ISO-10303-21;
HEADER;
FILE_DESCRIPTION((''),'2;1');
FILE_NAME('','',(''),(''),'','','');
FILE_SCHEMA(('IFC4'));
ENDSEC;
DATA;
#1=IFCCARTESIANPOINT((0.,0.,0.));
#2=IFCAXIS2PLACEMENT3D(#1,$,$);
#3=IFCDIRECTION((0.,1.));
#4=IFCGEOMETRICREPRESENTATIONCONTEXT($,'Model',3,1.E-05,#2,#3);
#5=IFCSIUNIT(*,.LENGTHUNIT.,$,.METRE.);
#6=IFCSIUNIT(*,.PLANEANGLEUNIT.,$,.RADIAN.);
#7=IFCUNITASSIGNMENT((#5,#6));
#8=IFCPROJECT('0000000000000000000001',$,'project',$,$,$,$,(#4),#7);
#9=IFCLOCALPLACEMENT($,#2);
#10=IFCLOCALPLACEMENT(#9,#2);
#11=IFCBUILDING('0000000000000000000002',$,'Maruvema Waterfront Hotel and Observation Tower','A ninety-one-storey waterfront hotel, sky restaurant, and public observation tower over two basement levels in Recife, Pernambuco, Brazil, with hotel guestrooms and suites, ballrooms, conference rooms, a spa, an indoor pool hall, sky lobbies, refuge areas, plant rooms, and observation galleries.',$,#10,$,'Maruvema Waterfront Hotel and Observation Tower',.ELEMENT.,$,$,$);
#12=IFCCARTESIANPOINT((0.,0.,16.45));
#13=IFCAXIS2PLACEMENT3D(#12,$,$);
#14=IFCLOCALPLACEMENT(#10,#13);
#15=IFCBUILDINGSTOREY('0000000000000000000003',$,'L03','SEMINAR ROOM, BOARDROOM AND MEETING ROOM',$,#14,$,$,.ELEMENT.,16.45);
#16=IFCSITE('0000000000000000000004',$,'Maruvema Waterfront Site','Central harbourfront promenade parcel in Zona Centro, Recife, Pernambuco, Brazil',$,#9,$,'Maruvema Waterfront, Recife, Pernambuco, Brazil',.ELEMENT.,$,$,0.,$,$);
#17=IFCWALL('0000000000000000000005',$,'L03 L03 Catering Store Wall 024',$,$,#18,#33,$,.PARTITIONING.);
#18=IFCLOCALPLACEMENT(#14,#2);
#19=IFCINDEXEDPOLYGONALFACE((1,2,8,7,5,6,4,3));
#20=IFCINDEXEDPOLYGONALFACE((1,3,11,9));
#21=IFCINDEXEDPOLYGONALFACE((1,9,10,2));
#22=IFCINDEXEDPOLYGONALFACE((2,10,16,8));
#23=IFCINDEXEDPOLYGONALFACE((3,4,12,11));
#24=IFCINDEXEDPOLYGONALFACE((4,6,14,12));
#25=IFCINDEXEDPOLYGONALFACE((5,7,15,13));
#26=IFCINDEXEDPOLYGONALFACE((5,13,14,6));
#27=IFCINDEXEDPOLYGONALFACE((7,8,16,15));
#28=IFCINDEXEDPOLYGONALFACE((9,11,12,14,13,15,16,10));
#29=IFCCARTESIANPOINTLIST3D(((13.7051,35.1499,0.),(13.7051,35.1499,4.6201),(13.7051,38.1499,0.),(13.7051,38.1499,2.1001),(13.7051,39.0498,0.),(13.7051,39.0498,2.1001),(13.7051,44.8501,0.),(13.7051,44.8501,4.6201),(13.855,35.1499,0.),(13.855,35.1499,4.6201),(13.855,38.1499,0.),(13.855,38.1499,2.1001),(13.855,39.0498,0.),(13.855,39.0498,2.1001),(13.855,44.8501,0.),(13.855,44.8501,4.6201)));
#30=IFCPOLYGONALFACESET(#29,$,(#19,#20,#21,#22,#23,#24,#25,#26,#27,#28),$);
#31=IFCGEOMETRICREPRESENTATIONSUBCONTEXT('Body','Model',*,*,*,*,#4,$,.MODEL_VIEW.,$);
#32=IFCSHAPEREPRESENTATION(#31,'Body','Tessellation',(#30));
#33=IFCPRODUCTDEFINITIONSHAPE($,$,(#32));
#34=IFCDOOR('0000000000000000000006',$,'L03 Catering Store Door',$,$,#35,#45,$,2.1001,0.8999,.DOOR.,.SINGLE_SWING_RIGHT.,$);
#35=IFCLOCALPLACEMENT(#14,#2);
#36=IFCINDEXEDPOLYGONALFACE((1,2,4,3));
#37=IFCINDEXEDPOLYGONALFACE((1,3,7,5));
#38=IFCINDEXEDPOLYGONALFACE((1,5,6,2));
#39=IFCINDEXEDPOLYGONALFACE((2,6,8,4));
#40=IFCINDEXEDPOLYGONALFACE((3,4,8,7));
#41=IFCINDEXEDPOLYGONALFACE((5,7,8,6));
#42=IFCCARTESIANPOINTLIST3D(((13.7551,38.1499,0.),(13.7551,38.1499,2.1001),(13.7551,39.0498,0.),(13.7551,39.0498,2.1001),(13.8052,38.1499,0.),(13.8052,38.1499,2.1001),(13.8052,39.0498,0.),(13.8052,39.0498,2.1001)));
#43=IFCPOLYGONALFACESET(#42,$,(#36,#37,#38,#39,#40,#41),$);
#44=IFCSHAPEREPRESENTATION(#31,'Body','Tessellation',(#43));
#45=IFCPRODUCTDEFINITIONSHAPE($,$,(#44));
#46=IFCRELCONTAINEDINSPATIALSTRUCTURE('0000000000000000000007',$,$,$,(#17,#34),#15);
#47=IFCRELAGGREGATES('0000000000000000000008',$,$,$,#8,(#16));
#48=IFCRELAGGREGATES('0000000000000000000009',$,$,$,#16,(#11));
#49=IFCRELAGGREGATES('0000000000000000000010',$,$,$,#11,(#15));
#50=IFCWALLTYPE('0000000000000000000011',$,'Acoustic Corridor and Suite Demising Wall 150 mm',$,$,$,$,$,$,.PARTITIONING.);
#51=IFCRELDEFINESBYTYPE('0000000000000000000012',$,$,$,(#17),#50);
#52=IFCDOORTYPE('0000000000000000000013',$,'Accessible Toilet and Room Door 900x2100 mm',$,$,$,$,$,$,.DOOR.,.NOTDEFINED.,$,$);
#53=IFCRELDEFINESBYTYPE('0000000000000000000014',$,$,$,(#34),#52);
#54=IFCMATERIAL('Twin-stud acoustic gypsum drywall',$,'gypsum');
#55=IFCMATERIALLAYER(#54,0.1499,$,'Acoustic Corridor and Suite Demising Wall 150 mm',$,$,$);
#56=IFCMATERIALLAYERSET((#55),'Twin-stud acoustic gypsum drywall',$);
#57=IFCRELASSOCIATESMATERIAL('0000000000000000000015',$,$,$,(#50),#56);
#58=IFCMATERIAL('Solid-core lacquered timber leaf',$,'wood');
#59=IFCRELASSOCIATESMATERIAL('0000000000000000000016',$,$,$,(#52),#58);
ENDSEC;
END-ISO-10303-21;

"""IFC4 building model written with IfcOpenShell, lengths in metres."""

from ifc_helpers import new_model, si_unit, direction, frame, frame_2d, origin, place, context, subcontext, project, spatial, rectangle, extrude, material, layer, layer_set, type_object, element, fill, save


model = new_model("IFC4")

# Units and contexts
model_context = context("Model", 3, precision=1e-05, world=origin(), true_north=direction((0.0, 1.0)))
body_context = subcontext(model_context, "Body", "Model", "MODEL_VIEW")
ifc_project = project(units=[si_unit("LENGTHUNIT", "METRE"), si_unit("PLANEANGLEUNIT", "RADIAN")], contexts=[model_context])

# Site, building, storey
site_placement = place(None, origin())
site = spatial("IfcSite", under=ifc_project, at=site_placement, Name="Maruvema Waterfront Site", Description="Central harbourfront promenade parcel in Zona Centro, Recife, Pernambuco, Brazil", LongName="Maruvema Waterfront, Recife, Pernambuco, Brazil", CompositionType="ELEMENT", RefElevation=0.0)
building_placement = place(site_placement, origin())
building = spatial("IfcBuilding", under=site, at=building_placement, Name="Maruvema Waterfront Hotel and Observation Tower", Description="A ninety-one-storey waterfront hotel, sky restaurant, and public observation tower over two basement levels in Recife, Pernambuco, Brazil, with hotel guestrooms and suites, ballrooms, conference rooms, a spa, an indoor pool hall, sky lobbies, refuge areas, plant rooms, and observation galleries.", LongName="Maruvema Waterfront Hotel and Observation Tower", CompositionType="ELEMENT")
storey_placement = place(building_placement, frame((0.0, 0.0, 16.45)))
storey = spatial("IfcBuildingStorey", under=building, at=storey_placement, Name="L03", Description="SEMINAR ROOM, BOARDROOM AND MEETING ROOM", CompositionType="ELEMENT", Elevation=16.45)

# Shared definitions
ifc_material_1 = material(Name="Twin-stud acoustic gypsum drywall", Category="gypsum")
ifc_layer_1 = layer(ifc_material_1, 0.1499, Name="Acoustic Corridor and Suite Demising Wall 150 mm")
ifc_layer_set_1 = layer_set([ifc_layer_1], Name="Twin-stud acoustic gypsum drywall")
wall_type = type_object("IfcWallType", Name="Acoustic Corridor and Suite Demising Wall 150 mm", PredefinedType="PARTITIONING", material=ifc_layer_set_1)
ifc_material_2 = material(Name="Solid-core lacquered timber leaf", Category="wood")
door_type_1 = type_object("IfcDoorType", Name="Accessible Toilet and Room Door 900x2100 mm", OperationType="NOTDEFINED", PredefinedType="DOOR", material=ifc_material_2)

# Wall, opening, door
wall_1_placement = place(storey_placement, frame((13.78, 35.1499, 0.0), z_axis=(0.0, 0.0, 1.0), x_axis=(0.0, 1.0, 0.0)))
wall_1 = element("IfcWall", 1, at=wall_1_placement, inside=storey, type_object=wall_type, Name="L03 L03 Catering Store Wall 024", PredefinedType="PARTITIONING", context=body_context, shape_type="SweptSolid", body=[
    extrude(rectangle(XDim=9.7002, YDim=0.1499, at=frame_2d((4.8501, 0.0))), origin(), (0.0, 0.0, 1.0), 4.6201),
])
opening_1_placement = place(wall_1_placement, frame((3.0, 0.0, 0.0)))
opening_1 = element("IfcOpeningElement", 2, at=opening_1_placement, cuts=wall_1, PredefinedType="OPENING", context=body_context, shape_type="SweptSolid", body=[
    extrude(rectangle(XDim=0.8999, YDim=2.1001, at=frame_2d((0.45, 1.05))), frame((0.0, 0.085, 0.0), z_axis=(0.0, -1.0, 0.0), x_axis=(1.0, 0.0, 0.0)), (0.0, 0.0, 1.0), 0.1699),
])
door_1_placement = place(opening_1_placement, origin())
door_1 = element("IfcDoor", 3, at=door_1_placement, inside=storey, type_object=door_type_1, Name="L03 Catering Store Door", OperationType="SINGLE_SWING_RIGHT", OverallHeight=2.1001, OverallWidth=0.8999, PredefinedType="DOOR", context=body_context, shape_type="SweptSolid", body=[
    extrude(rectangle(XDim=0.8999, YDim=2.1001, at=frame_2d((0.45, 1.05))), frame((0.0, 0.0249, 0.0), z_axis=(0.0, -1.0, 0.0), x_axis=(1.0, 0.0, 0.0)), (0.0, 0.0, 1.0), 0.05),
])
fill(opening_1, door_1)

save(model, "model.ifc")
